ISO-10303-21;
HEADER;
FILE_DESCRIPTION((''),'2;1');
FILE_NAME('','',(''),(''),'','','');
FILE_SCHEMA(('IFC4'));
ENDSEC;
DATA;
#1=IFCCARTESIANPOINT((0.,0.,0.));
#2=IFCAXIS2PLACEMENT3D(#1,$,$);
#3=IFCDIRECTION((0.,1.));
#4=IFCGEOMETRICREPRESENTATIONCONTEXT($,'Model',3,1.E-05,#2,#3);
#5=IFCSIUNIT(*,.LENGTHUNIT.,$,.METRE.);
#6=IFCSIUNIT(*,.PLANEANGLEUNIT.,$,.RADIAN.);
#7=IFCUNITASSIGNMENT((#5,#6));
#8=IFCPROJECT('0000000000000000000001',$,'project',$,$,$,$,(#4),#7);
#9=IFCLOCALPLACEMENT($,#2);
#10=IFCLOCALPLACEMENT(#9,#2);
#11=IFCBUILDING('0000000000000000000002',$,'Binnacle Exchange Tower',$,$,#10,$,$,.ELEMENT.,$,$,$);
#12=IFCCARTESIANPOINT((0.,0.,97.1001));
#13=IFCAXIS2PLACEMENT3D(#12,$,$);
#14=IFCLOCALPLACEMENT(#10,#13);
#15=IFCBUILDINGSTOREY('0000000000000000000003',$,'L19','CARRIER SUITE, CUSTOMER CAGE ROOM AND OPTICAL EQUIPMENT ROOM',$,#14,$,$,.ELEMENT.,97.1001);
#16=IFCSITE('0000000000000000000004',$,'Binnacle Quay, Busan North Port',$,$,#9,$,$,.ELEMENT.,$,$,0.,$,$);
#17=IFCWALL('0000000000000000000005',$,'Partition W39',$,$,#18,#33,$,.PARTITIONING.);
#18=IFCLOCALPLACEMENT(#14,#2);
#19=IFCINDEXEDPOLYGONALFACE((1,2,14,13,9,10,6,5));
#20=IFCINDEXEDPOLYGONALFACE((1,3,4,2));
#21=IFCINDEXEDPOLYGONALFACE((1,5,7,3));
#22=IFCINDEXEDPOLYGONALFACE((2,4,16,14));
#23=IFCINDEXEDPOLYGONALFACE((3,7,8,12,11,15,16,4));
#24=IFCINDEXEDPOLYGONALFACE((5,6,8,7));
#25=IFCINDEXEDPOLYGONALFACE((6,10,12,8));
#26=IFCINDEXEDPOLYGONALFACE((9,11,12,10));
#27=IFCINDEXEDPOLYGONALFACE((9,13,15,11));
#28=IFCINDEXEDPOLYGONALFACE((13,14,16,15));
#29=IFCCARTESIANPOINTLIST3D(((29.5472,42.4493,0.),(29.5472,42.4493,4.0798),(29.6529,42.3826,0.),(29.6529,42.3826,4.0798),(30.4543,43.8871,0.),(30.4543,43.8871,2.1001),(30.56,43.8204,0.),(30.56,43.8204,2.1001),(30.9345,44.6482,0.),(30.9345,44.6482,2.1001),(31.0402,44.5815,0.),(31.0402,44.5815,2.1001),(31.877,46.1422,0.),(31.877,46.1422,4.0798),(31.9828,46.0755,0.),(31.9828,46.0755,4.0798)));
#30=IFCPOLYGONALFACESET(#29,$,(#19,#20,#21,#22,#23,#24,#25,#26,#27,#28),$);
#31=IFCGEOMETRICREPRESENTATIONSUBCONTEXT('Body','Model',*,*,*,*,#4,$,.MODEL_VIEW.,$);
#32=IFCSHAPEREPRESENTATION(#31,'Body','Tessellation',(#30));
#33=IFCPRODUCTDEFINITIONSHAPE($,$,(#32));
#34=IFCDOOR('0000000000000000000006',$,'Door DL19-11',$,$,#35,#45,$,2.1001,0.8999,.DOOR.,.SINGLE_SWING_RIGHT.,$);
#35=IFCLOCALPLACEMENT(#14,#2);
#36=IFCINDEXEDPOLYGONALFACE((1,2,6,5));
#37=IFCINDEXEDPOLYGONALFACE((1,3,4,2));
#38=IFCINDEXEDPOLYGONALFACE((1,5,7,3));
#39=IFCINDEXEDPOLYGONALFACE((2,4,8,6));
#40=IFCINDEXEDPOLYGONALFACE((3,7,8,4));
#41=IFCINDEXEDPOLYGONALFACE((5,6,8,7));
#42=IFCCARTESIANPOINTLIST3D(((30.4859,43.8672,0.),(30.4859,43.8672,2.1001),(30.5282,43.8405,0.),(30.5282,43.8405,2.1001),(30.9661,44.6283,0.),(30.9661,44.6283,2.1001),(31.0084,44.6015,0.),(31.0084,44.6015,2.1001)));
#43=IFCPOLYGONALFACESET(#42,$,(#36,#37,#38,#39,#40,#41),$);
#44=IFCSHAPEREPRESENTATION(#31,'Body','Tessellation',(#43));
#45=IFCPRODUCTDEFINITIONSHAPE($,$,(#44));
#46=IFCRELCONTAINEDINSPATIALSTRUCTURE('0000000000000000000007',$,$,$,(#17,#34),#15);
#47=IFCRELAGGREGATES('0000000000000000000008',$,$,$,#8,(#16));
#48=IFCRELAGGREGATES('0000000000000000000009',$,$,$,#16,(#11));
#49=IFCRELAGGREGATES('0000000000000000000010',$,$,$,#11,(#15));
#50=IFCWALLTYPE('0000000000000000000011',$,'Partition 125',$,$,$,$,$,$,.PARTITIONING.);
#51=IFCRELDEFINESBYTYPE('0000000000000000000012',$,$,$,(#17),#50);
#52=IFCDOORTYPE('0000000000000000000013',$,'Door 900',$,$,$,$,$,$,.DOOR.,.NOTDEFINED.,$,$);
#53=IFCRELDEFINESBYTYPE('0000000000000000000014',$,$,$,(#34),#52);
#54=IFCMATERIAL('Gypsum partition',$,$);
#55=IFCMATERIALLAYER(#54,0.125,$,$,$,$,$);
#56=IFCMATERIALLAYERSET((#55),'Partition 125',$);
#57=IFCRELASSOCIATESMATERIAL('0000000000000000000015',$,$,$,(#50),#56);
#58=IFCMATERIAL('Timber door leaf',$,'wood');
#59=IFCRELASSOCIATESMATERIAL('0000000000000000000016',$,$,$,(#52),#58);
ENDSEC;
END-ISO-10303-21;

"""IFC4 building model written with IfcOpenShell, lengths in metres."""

from ifc_helpers import new_model, si_unit, direction, frame, frame_2d, origin, place, context, subcontext, project, spatial, rectangle, extrude, material, layer, layer_set, type_object, element, fill, save


model = new_model("IFC4")

# Units and contexts
model_context = context("Model", 3, precision=1e-05, world=origin(), true_north=direction((0.0, 1.0)))
body_context = subcontext(model_context, "Body", "Model", "MODEL_VIEW")
ifc_project = project(units=[si_unit("LENGTHUNIT", "METRE"), si_unit("PLANEANGLEUNIT", "RADIAN")], contexts=[model_context])

# Site, building, storey
site_placement = place(None, origin())
site = spatial("IfcSite", under=ifc_project, at=site_placement, Name="Binnacle Quay, Busan North Port", CompositionType="ELEMENT", RefElevation=0.0)
building_placement = place(site_placement, origin())
building = spatial("IfcBuilding", under=site, at=building_placement, Name="Binnacle Exchange Tower", CompositionType="ELEMENT")
storey_placement = place(building_placement, frame((0.0, 0.0, 97.1001)))
storey = spatial("IfcBuildingStorey", under=building, at=storey_placement, Name="L19", Description="CARRIER SUITE, CUSTOMER CAGE ROOM AND OPTICAL EQUIPMENT ROOM", CompositionType="ELEMENT", Elevation=97.1001)

# Shared definitions
ifc_material_1 = material(Name="Gypsum partition")
ifc_layer_1 = layer(ifc_material_1, 0.125)
ifc_layer_set_1 = layer_set([ifc_layer_1], Name="Partition 125")
wall_type_1 = type_object("IfcWallType", Name="Partition 125", PredefinedType="PARTITIONING", material=ifc_layer_set_1)

# Wall, opening, door
wall_1_placement = place(storey_placement, frame((29.6001, 42.416, 0.0), z_axis=(0.0, 0.0, 1.0), x_axis=(0.533583, 0.845748, 0.0)))
wall_1 = element("IfcWall", 1, at=wall_1_placement, inside=storey, type_object=wall_type_1, Name="Partition W39", PredefinedType="PARTITIONING", context=body_context, shape_type="SweptSolid", body=[
    extrude(rectangle(XDim=4.3665, YDim=0.125, at=frame_2d((2.1831, 0.0))), origin(), (0.0, 0.0, 1.0), 4.0798),
])
opening_1_placement = place(wall_1_placement, frame((1.7, 0.0, 0.0)))
opening_1 = element("IfcOpeningElement", 2, at=opening_1_placement, cuts=wall_1, PredefinedType="OPENING", context=body_context, shape_type="SweptSolid", body=[
    extrude(rectangle(XDim=0.8999, YDim=2.1001, at=frame_2d((0.45, 1.05))), frame((0.0, 0.0725, 0.0), z_axis=(0.0, -1.0, 0.0), x_axis=(1.0, 0.0, 0.0)), (0.0, 0.0, 1.0), 0.145),
])
ifc_material_2 = material(Name="Timber door leaf", Category="wood")
door_type_1 = type_object("IfcDoorType", Name="Door 900", OperationType="NOTDEFINED", PredefinedType="DOOR", material=ifc_material_2)
door_1_placement = place(opening_1_placement, frame((0.8999, 0.0, 0.0), z_axis=(0.0, 0.0, 1.0), x_axis=(-1.0, 0.0, 0.0)))
door_1 = element("IfcDoor", 3, at=door_1_placement, inside=storey, type_object=door_type_1, Name="Door DL19-11", OperationType="SINGLE_SWING_RIGHT", OverallHeight=2.1001, OverallWidth=0.8999, PredefinedType="DOOR", context=body_context, shape_type="SweptSolid", body=[
    extrude(rectangle(XDim=0.8999, YDim=2.1001, at=frame_2d((0.45, 1.05))), frame((0.0, 0.0249, 0.0), z_axis=(0.0, -1.0, 0.0), x_axis=(1.0, 0.0, 0.0)), (0.0, 0.0, 1.0), 0.05),
])
fill(opening_1, door_1)

save(model, "model.ifc")
